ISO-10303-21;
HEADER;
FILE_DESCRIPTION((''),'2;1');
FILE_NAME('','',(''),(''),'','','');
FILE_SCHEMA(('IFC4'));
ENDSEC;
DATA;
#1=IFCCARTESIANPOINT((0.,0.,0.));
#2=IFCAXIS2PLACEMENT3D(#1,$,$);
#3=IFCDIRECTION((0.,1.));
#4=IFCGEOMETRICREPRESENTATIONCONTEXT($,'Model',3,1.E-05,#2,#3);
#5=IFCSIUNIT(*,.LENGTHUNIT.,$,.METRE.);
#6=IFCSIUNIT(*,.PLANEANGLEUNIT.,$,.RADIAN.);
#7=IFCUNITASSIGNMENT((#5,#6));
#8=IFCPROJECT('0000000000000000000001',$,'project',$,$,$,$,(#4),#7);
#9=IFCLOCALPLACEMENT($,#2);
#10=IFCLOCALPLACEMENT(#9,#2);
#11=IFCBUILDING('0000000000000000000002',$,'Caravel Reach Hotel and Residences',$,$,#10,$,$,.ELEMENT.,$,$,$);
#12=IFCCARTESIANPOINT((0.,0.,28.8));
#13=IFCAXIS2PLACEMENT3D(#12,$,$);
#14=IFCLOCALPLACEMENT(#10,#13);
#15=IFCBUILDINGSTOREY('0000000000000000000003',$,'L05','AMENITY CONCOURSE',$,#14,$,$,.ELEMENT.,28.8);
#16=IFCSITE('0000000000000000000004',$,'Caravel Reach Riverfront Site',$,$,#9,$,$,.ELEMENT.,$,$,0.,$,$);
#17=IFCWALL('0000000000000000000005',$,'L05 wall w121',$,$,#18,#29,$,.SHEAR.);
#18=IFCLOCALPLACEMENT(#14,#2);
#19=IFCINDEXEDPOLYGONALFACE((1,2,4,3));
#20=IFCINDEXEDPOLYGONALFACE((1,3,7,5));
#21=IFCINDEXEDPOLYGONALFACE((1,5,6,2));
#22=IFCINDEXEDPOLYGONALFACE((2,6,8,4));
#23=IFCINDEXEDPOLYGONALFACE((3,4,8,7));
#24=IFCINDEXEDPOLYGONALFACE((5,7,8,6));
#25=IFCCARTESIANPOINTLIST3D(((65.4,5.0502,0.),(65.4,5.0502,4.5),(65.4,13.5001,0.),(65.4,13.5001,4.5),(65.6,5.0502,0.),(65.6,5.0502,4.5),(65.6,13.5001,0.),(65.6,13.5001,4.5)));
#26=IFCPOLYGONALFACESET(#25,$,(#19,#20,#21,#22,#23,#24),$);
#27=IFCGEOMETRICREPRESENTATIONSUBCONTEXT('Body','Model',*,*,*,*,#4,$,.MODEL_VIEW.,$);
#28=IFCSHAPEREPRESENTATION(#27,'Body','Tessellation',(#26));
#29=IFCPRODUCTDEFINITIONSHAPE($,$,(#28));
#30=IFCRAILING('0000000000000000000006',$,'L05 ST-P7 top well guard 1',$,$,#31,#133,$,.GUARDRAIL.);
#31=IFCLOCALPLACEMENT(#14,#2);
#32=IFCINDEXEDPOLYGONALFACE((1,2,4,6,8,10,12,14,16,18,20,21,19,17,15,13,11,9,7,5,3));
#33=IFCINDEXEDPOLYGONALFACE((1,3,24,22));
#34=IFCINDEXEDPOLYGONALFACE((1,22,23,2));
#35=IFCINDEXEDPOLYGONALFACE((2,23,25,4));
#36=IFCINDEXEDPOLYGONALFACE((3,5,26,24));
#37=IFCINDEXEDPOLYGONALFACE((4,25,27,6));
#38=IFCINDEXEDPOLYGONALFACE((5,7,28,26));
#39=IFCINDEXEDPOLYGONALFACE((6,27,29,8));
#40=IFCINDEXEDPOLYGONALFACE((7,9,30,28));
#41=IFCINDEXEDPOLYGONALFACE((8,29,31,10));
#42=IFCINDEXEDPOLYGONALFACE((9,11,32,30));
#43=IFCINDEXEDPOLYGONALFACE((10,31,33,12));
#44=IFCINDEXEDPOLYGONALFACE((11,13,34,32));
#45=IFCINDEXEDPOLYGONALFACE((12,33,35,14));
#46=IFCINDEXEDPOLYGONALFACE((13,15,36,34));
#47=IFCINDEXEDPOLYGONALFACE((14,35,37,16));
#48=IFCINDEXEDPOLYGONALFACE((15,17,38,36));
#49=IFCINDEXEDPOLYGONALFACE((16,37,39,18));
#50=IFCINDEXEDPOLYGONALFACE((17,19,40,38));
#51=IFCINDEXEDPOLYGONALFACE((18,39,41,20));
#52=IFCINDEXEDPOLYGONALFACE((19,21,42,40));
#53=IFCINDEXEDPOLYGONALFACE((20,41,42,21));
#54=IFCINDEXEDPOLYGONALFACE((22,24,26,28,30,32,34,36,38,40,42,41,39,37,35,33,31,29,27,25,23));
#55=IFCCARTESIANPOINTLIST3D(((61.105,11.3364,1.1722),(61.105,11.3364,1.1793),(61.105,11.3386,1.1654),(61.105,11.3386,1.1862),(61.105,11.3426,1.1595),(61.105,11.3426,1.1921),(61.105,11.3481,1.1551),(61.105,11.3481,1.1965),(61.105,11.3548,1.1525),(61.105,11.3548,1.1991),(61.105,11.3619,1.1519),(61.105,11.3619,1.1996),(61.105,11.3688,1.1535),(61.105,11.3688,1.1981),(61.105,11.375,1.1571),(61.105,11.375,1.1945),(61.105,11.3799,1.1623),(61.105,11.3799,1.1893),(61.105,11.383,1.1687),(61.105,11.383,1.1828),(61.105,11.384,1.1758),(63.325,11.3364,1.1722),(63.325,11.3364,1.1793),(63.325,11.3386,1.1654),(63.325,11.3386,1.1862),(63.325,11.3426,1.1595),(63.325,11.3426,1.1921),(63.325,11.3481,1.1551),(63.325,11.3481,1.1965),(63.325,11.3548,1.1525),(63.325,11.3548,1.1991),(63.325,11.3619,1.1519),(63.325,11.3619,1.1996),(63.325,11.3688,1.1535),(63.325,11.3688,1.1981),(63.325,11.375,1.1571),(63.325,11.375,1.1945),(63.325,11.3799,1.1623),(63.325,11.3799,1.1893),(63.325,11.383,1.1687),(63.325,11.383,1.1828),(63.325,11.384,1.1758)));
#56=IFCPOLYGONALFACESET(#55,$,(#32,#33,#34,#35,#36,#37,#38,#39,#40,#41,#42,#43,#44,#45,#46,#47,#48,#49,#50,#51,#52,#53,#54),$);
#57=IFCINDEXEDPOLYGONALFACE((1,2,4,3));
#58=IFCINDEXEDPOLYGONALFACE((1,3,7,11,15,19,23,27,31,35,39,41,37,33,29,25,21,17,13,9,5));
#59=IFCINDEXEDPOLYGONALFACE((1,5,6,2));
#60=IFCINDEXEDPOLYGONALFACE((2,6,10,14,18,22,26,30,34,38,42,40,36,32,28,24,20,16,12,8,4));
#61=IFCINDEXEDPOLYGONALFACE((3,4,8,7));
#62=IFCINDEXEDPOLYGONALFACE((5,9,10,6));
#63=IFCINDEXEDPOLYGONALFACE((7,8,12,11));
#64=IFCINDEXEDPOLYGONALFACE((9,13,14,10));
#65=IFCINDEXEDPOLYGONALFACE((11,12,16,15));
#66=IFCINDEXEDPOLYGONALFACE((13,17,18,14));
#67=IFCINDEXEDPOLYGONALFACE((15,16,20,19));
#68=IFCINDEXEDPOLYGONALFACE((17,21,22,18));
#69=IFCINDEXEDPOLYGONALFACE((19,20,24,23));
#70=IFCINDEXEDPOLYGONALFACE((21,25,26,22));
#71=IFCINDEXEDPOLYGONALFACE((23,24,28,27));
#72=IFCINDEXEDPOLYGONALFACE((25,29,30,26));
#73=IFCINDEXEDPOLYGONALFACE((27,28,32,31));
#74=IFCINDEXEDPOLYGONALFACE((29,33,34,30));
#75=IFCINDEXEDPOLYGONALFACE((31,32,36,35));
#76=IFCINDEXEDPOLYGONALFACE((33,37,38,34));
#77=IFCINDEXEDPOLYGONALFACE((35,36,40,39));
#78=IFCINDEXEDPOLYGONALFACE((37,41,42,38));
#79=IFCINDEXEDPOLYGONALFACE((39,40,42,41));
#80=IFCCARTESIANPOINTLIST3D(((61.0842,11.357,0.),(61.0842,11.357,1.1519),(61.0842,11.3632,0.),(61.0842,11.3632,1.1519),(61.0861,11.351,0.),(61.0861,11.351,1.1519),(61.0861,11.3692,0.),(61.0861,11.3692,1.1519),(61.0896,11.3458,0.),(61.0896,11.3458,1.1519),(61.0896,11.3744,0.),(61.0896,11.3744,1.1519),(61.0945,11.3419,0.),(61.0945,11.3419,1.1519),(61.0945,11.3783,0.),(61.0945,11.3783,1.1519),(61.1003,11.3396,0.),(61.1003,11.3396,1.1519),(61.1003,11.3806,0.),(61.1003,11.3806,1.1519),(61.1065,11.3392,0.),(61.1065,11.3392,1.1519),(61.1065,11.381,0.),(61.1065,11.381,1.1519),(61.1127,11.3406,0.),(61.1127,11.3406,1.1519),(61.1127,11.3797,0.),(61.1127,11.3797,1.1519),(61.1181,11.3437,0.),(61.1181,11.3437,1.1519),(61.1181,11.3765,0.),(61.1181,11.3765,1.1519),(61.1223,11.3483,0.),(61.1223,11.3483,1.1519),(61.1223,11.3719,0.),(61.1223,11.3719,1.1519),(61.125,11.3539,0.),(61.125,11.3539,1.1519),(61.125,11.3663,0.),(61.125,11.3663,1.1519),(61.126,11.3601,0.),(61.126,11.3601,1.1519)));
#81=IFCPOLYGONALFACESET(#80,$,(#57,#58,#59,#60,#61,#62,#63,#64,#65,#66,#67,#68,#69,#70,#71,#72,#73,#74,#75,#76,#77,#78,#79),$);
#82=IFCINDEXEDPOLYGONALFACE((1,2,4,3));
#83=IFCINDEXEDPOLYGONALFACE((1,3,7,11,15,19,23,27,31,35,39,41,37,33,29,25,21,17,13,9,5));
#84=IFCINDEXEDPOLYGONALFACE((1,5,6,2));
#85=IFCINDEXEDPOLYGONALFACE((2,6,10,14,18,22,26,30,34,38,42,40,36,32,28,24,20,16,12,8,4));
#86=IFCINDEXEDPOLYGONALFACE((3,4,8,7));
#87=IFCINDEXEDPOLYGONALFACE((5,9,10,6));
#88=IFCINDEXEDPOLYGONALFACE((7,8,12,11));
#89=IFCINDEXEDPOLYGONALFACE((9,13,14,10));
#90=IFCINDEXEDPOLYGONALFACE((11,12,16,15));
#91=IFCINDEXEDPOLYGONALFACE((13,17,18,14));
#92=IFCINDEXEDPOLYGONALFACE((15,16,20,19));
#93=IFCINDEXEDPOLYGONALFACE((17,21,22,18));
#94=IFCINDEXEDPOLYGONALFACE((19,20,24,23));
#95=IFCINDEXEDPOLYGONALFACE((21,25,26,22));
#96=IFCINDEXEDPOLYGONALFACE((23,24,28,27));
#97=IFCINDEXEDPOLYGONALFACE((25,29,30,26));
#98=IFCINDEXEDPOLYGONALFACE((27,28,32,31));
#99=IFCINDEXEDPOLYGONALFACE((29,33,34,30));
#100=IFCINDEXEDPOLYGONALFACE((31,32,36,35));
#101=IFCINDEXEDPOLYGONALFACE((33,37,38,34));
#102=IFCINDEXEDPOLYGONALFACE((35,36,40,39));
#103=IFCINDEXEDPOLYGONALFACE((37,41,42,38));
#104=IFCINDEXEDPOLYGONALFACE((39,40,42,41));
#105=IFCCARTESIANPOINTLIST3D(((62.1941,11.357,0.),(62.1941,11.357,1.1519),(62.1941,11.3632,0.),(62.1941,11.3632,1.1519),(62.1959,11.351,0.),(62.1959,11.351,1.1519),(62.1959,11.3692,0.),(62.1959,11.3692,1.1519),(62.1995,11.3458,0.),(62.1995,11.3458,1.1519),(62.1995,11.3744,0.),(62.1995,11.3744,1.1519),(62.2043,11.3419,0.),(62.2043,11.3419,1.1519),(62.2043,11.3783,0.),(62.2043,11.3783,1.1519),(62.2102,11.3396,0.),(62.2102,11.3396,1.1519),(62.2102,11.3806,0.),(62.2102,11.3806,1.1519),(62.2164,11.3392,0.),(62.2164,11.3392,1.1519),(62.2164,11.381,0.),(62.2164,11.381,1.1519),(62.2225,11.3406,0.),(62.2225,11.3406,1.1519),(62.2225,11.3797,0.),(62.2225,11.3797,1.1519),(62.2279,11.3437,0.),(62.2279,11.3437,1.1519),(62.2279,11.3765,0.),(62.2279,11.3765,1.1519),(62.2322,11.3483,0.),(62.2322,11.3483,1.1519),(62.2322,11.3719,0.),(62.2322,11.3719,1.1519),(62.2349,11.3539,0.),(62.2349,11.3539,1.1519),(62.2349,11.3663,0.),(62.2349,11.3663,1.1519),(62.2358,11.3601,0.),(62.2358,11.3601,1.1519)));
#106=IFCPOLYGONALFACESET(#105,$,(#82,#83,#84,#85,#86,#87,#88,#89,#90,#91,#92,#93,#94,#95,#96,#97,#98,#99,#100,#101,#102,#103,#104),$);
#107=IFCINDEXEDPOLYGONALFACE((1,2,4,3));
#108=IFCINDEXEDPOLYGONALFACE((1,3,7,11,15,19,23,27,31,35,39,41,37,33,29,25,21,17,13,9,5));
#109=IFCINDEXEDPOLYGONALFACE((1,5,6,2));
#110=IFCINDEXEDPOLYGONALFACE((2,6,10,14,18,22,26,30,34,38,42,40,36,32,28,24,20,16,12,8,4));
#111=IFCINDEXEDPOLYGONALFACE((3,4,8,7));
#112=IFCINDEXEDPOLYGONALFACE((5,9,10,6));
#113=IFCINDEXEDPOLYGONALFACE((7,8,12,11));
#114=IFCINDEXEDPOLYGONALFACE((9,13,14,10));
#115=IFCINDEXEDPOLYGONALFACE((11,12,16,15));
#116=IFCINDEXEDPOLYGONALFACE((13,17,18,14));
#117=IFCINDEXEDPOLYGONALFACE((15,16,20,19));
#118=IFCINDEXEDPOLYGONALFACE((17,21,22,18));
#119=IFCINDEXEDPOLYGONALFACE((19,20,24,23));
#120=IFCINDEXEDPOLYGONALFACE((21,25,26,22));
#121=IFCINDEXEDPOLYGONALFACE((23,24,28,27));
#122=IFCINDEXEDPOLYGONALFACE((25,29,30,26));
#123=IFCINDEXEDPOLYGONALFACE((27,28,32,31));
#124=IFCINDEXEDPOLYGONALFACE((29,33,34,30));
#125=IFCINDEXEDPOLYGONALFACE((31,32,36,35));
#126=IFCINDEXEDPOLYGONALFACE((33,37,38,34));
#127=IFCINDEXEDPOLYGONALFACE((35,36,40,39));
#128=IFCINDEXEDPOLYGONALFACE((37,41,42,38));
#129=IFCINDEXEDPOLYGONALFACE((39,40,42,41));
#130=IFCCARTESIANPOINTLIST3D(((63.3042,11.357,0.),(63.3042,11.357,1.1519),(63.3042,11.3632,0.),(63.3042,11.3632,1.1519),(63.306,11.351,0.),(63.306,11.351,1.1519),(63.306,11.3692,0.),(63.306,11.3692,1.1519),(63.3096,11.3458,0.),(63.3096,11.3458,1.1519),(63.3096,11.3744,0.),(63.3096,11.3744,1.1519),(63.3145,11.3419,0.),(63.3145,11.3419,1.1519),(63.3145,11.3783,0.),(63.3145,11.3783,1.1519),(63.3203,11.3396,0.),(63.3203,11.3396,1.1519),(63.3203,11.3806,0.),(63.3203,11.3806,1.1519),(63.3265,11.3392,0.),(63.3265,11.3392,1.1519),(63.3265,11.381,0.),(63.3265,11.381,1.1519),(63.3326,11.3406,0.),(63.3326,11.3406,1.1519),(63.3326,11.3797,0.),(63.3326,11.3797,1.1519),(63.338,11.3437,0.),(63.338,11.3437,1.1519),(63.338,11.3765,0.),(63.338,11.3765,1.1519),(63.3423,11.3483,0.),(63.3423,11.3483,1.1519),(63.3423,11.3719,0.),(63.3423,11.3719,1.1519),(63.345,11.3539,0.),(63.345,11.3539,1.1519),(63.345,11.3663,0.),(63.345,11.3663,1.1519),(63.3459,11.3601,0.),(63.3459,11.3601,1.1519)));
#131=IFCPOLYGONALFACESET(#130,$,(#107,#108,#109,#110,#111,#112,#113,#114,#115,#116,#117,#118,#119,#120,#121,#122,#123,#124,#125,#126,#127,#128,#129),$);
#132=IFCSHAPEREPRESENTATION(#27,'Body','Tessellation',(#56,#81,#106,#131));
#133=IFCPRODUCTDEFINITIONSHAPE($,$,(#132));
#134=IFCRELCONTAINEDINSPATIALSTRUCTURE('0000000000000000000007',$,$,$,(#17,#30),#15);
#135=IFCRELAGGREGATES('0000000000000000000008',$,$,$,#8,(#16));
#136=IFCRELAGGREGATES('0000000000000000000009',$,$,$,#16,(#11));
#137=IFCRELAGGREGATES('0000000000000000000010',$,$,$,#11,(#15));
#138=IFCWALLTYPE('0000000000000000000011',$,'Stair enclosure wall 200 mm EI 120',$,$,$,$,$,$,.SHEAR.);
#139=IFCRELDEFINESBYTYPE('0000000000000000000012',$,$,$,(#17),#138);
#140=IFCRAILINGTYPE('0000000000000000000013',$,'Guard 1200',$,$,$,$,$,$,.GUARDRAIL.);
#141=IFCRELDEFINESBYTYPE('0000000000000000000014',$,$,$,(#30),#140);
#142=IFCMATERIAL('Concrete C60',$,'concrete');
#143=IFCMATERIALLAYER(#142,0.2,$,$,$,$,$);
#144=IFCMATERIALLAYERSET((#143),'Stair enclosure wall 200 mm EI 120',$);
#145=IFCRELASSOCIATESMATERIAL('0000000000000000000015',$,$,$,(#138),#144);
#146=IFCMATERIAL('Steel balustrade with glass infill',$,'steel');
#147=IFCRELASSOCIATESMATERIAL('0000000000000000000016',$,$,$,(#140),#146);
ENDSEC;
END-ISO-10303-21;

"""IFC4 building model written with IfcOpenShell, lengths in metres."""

from ifc_helpers import new_model, si_unit, direction, frame, frame_2d, origin, origin_2d, place, context, subcontext, project, spatial, rectangle, circle, extrude, material, layer, layer_set, type_object, element, save


model = new_model("IFC4")

# Units and contexts
model_context = context("Model", 3, precision=1e-05, world=origin(), true_north=direction((0.0, 1.0)))
body_context = subcontext(model_context, "Body", "Model", "MODEL_VIEW")
ifc_project = project(units=[si_unit("LENGTHUNIT", "METRE"), si_unit("PLANEANGLEUNIT", "RADIAN")], contexts=[model_context])

# Site, building, storey
site_placement = place(None, origin())
site = spatial("IfcSite", under=ifc_project, at=site_placement, Name="Caravel Reach Riverfront Site", CompositionType="ELEMENT", RefElevation=0.0)
building_placement = place(site_placement, origin())
building = spatial("IfcBuilding", under=site, at=building_placement, Name="Caravel Reach Hotel and Residences", CompositionType="ELEMENT")
storey_placement = place(building_placement, frame((0.0, 0.0, 28.8)))
storey = spatial("IfcBuildingStorey", under=building, at=storey_placement, Name="L05", Description="AMENITY CONCOURSE", CompositionType="ELEMENT", Elevation=28.8)

# Shared definitions
ifc_material_1 = material(Name="Concrete C60", Category="concrete")
ifc_layer_1 = layer(ifc_material_1, 0.2)
ifc_layer_set_1 = layer_set([ifc_layer_1], Name="Stair enclosure wall 200 mm EI 120")
wall_type_1 = type_object("IfcWallType", Name="Stair enclosure wall 200 mm EI 120", PredefinedType="SHEAR", material=ifc_layer_set_1)

# Wall
for number, where, z_axis, x_axis, name in (
    (1, (65.5, 5.05, 0.0), (0.0, 0.0, 1.0), (0.0, 1.0, 0.0), "L05 wall w121"),
):
    element("IfcWall", number, at=place(storey_placement, frame(where, z_axis=z_axis, x_axis=x_axis)), inside=storey, type_object=wall_type_1, Name=name, PredefinedType="SHEAR", context=body_context, shape_type="SweptSolid", body=[
        extrude(rectangle(XDim=8.45, YDim=0.2, at=frame_2d((4.2251, 0.0))), origin(), (0.0, 0.0, 1.0), 4.5),
    ])

# Railing
ifc_material_2 = material(Name="Steel balustrade with glass infill", Category="steel")
railing_type = type_object("IfcRailingType", Name="Guard 1200", PredefinedType="GUARDRAIL", material=ifc_material_2)
railing_placement = place(storey_placement, frame((61.105, 11.3601, 0.0)))
element("IfcRailing", 2, at=railing_placement, inside=storey, type_object=railing_type, Name="L05 ST-P7 top well guard 1", PredefinedType="GUARDRAIL", context=body_context, shape_type="SweptSolid", body=[
    extrude(circle(Radius=0.0239, at=origin_2d()), frame((0.0, 0.0, 1.1758), z_axis=(1.0, 0.0, 0.0), x_axis=(0.0, 1.0, 0.0)), (0.0, 0.0, 1.0), 2.22),
    extrude(circle(Radius=0.021, at=origin_2d()), origin(), (0.0, 0.0, 1.0), 1.1519),
    extrude(circle(Radius=0.021, at=origin_2d()), frame((1.1099, 0.0, 0.0)), (0.0, 0.0, 1.0), 1.1519),
    extrude(circle(Radius=0.021, at=origin_2d()), frame((2.22, 0.0, 0.0)), (0.0, 0.0, 1.0), 1.1519),
])

save(model, "model.ifc")
